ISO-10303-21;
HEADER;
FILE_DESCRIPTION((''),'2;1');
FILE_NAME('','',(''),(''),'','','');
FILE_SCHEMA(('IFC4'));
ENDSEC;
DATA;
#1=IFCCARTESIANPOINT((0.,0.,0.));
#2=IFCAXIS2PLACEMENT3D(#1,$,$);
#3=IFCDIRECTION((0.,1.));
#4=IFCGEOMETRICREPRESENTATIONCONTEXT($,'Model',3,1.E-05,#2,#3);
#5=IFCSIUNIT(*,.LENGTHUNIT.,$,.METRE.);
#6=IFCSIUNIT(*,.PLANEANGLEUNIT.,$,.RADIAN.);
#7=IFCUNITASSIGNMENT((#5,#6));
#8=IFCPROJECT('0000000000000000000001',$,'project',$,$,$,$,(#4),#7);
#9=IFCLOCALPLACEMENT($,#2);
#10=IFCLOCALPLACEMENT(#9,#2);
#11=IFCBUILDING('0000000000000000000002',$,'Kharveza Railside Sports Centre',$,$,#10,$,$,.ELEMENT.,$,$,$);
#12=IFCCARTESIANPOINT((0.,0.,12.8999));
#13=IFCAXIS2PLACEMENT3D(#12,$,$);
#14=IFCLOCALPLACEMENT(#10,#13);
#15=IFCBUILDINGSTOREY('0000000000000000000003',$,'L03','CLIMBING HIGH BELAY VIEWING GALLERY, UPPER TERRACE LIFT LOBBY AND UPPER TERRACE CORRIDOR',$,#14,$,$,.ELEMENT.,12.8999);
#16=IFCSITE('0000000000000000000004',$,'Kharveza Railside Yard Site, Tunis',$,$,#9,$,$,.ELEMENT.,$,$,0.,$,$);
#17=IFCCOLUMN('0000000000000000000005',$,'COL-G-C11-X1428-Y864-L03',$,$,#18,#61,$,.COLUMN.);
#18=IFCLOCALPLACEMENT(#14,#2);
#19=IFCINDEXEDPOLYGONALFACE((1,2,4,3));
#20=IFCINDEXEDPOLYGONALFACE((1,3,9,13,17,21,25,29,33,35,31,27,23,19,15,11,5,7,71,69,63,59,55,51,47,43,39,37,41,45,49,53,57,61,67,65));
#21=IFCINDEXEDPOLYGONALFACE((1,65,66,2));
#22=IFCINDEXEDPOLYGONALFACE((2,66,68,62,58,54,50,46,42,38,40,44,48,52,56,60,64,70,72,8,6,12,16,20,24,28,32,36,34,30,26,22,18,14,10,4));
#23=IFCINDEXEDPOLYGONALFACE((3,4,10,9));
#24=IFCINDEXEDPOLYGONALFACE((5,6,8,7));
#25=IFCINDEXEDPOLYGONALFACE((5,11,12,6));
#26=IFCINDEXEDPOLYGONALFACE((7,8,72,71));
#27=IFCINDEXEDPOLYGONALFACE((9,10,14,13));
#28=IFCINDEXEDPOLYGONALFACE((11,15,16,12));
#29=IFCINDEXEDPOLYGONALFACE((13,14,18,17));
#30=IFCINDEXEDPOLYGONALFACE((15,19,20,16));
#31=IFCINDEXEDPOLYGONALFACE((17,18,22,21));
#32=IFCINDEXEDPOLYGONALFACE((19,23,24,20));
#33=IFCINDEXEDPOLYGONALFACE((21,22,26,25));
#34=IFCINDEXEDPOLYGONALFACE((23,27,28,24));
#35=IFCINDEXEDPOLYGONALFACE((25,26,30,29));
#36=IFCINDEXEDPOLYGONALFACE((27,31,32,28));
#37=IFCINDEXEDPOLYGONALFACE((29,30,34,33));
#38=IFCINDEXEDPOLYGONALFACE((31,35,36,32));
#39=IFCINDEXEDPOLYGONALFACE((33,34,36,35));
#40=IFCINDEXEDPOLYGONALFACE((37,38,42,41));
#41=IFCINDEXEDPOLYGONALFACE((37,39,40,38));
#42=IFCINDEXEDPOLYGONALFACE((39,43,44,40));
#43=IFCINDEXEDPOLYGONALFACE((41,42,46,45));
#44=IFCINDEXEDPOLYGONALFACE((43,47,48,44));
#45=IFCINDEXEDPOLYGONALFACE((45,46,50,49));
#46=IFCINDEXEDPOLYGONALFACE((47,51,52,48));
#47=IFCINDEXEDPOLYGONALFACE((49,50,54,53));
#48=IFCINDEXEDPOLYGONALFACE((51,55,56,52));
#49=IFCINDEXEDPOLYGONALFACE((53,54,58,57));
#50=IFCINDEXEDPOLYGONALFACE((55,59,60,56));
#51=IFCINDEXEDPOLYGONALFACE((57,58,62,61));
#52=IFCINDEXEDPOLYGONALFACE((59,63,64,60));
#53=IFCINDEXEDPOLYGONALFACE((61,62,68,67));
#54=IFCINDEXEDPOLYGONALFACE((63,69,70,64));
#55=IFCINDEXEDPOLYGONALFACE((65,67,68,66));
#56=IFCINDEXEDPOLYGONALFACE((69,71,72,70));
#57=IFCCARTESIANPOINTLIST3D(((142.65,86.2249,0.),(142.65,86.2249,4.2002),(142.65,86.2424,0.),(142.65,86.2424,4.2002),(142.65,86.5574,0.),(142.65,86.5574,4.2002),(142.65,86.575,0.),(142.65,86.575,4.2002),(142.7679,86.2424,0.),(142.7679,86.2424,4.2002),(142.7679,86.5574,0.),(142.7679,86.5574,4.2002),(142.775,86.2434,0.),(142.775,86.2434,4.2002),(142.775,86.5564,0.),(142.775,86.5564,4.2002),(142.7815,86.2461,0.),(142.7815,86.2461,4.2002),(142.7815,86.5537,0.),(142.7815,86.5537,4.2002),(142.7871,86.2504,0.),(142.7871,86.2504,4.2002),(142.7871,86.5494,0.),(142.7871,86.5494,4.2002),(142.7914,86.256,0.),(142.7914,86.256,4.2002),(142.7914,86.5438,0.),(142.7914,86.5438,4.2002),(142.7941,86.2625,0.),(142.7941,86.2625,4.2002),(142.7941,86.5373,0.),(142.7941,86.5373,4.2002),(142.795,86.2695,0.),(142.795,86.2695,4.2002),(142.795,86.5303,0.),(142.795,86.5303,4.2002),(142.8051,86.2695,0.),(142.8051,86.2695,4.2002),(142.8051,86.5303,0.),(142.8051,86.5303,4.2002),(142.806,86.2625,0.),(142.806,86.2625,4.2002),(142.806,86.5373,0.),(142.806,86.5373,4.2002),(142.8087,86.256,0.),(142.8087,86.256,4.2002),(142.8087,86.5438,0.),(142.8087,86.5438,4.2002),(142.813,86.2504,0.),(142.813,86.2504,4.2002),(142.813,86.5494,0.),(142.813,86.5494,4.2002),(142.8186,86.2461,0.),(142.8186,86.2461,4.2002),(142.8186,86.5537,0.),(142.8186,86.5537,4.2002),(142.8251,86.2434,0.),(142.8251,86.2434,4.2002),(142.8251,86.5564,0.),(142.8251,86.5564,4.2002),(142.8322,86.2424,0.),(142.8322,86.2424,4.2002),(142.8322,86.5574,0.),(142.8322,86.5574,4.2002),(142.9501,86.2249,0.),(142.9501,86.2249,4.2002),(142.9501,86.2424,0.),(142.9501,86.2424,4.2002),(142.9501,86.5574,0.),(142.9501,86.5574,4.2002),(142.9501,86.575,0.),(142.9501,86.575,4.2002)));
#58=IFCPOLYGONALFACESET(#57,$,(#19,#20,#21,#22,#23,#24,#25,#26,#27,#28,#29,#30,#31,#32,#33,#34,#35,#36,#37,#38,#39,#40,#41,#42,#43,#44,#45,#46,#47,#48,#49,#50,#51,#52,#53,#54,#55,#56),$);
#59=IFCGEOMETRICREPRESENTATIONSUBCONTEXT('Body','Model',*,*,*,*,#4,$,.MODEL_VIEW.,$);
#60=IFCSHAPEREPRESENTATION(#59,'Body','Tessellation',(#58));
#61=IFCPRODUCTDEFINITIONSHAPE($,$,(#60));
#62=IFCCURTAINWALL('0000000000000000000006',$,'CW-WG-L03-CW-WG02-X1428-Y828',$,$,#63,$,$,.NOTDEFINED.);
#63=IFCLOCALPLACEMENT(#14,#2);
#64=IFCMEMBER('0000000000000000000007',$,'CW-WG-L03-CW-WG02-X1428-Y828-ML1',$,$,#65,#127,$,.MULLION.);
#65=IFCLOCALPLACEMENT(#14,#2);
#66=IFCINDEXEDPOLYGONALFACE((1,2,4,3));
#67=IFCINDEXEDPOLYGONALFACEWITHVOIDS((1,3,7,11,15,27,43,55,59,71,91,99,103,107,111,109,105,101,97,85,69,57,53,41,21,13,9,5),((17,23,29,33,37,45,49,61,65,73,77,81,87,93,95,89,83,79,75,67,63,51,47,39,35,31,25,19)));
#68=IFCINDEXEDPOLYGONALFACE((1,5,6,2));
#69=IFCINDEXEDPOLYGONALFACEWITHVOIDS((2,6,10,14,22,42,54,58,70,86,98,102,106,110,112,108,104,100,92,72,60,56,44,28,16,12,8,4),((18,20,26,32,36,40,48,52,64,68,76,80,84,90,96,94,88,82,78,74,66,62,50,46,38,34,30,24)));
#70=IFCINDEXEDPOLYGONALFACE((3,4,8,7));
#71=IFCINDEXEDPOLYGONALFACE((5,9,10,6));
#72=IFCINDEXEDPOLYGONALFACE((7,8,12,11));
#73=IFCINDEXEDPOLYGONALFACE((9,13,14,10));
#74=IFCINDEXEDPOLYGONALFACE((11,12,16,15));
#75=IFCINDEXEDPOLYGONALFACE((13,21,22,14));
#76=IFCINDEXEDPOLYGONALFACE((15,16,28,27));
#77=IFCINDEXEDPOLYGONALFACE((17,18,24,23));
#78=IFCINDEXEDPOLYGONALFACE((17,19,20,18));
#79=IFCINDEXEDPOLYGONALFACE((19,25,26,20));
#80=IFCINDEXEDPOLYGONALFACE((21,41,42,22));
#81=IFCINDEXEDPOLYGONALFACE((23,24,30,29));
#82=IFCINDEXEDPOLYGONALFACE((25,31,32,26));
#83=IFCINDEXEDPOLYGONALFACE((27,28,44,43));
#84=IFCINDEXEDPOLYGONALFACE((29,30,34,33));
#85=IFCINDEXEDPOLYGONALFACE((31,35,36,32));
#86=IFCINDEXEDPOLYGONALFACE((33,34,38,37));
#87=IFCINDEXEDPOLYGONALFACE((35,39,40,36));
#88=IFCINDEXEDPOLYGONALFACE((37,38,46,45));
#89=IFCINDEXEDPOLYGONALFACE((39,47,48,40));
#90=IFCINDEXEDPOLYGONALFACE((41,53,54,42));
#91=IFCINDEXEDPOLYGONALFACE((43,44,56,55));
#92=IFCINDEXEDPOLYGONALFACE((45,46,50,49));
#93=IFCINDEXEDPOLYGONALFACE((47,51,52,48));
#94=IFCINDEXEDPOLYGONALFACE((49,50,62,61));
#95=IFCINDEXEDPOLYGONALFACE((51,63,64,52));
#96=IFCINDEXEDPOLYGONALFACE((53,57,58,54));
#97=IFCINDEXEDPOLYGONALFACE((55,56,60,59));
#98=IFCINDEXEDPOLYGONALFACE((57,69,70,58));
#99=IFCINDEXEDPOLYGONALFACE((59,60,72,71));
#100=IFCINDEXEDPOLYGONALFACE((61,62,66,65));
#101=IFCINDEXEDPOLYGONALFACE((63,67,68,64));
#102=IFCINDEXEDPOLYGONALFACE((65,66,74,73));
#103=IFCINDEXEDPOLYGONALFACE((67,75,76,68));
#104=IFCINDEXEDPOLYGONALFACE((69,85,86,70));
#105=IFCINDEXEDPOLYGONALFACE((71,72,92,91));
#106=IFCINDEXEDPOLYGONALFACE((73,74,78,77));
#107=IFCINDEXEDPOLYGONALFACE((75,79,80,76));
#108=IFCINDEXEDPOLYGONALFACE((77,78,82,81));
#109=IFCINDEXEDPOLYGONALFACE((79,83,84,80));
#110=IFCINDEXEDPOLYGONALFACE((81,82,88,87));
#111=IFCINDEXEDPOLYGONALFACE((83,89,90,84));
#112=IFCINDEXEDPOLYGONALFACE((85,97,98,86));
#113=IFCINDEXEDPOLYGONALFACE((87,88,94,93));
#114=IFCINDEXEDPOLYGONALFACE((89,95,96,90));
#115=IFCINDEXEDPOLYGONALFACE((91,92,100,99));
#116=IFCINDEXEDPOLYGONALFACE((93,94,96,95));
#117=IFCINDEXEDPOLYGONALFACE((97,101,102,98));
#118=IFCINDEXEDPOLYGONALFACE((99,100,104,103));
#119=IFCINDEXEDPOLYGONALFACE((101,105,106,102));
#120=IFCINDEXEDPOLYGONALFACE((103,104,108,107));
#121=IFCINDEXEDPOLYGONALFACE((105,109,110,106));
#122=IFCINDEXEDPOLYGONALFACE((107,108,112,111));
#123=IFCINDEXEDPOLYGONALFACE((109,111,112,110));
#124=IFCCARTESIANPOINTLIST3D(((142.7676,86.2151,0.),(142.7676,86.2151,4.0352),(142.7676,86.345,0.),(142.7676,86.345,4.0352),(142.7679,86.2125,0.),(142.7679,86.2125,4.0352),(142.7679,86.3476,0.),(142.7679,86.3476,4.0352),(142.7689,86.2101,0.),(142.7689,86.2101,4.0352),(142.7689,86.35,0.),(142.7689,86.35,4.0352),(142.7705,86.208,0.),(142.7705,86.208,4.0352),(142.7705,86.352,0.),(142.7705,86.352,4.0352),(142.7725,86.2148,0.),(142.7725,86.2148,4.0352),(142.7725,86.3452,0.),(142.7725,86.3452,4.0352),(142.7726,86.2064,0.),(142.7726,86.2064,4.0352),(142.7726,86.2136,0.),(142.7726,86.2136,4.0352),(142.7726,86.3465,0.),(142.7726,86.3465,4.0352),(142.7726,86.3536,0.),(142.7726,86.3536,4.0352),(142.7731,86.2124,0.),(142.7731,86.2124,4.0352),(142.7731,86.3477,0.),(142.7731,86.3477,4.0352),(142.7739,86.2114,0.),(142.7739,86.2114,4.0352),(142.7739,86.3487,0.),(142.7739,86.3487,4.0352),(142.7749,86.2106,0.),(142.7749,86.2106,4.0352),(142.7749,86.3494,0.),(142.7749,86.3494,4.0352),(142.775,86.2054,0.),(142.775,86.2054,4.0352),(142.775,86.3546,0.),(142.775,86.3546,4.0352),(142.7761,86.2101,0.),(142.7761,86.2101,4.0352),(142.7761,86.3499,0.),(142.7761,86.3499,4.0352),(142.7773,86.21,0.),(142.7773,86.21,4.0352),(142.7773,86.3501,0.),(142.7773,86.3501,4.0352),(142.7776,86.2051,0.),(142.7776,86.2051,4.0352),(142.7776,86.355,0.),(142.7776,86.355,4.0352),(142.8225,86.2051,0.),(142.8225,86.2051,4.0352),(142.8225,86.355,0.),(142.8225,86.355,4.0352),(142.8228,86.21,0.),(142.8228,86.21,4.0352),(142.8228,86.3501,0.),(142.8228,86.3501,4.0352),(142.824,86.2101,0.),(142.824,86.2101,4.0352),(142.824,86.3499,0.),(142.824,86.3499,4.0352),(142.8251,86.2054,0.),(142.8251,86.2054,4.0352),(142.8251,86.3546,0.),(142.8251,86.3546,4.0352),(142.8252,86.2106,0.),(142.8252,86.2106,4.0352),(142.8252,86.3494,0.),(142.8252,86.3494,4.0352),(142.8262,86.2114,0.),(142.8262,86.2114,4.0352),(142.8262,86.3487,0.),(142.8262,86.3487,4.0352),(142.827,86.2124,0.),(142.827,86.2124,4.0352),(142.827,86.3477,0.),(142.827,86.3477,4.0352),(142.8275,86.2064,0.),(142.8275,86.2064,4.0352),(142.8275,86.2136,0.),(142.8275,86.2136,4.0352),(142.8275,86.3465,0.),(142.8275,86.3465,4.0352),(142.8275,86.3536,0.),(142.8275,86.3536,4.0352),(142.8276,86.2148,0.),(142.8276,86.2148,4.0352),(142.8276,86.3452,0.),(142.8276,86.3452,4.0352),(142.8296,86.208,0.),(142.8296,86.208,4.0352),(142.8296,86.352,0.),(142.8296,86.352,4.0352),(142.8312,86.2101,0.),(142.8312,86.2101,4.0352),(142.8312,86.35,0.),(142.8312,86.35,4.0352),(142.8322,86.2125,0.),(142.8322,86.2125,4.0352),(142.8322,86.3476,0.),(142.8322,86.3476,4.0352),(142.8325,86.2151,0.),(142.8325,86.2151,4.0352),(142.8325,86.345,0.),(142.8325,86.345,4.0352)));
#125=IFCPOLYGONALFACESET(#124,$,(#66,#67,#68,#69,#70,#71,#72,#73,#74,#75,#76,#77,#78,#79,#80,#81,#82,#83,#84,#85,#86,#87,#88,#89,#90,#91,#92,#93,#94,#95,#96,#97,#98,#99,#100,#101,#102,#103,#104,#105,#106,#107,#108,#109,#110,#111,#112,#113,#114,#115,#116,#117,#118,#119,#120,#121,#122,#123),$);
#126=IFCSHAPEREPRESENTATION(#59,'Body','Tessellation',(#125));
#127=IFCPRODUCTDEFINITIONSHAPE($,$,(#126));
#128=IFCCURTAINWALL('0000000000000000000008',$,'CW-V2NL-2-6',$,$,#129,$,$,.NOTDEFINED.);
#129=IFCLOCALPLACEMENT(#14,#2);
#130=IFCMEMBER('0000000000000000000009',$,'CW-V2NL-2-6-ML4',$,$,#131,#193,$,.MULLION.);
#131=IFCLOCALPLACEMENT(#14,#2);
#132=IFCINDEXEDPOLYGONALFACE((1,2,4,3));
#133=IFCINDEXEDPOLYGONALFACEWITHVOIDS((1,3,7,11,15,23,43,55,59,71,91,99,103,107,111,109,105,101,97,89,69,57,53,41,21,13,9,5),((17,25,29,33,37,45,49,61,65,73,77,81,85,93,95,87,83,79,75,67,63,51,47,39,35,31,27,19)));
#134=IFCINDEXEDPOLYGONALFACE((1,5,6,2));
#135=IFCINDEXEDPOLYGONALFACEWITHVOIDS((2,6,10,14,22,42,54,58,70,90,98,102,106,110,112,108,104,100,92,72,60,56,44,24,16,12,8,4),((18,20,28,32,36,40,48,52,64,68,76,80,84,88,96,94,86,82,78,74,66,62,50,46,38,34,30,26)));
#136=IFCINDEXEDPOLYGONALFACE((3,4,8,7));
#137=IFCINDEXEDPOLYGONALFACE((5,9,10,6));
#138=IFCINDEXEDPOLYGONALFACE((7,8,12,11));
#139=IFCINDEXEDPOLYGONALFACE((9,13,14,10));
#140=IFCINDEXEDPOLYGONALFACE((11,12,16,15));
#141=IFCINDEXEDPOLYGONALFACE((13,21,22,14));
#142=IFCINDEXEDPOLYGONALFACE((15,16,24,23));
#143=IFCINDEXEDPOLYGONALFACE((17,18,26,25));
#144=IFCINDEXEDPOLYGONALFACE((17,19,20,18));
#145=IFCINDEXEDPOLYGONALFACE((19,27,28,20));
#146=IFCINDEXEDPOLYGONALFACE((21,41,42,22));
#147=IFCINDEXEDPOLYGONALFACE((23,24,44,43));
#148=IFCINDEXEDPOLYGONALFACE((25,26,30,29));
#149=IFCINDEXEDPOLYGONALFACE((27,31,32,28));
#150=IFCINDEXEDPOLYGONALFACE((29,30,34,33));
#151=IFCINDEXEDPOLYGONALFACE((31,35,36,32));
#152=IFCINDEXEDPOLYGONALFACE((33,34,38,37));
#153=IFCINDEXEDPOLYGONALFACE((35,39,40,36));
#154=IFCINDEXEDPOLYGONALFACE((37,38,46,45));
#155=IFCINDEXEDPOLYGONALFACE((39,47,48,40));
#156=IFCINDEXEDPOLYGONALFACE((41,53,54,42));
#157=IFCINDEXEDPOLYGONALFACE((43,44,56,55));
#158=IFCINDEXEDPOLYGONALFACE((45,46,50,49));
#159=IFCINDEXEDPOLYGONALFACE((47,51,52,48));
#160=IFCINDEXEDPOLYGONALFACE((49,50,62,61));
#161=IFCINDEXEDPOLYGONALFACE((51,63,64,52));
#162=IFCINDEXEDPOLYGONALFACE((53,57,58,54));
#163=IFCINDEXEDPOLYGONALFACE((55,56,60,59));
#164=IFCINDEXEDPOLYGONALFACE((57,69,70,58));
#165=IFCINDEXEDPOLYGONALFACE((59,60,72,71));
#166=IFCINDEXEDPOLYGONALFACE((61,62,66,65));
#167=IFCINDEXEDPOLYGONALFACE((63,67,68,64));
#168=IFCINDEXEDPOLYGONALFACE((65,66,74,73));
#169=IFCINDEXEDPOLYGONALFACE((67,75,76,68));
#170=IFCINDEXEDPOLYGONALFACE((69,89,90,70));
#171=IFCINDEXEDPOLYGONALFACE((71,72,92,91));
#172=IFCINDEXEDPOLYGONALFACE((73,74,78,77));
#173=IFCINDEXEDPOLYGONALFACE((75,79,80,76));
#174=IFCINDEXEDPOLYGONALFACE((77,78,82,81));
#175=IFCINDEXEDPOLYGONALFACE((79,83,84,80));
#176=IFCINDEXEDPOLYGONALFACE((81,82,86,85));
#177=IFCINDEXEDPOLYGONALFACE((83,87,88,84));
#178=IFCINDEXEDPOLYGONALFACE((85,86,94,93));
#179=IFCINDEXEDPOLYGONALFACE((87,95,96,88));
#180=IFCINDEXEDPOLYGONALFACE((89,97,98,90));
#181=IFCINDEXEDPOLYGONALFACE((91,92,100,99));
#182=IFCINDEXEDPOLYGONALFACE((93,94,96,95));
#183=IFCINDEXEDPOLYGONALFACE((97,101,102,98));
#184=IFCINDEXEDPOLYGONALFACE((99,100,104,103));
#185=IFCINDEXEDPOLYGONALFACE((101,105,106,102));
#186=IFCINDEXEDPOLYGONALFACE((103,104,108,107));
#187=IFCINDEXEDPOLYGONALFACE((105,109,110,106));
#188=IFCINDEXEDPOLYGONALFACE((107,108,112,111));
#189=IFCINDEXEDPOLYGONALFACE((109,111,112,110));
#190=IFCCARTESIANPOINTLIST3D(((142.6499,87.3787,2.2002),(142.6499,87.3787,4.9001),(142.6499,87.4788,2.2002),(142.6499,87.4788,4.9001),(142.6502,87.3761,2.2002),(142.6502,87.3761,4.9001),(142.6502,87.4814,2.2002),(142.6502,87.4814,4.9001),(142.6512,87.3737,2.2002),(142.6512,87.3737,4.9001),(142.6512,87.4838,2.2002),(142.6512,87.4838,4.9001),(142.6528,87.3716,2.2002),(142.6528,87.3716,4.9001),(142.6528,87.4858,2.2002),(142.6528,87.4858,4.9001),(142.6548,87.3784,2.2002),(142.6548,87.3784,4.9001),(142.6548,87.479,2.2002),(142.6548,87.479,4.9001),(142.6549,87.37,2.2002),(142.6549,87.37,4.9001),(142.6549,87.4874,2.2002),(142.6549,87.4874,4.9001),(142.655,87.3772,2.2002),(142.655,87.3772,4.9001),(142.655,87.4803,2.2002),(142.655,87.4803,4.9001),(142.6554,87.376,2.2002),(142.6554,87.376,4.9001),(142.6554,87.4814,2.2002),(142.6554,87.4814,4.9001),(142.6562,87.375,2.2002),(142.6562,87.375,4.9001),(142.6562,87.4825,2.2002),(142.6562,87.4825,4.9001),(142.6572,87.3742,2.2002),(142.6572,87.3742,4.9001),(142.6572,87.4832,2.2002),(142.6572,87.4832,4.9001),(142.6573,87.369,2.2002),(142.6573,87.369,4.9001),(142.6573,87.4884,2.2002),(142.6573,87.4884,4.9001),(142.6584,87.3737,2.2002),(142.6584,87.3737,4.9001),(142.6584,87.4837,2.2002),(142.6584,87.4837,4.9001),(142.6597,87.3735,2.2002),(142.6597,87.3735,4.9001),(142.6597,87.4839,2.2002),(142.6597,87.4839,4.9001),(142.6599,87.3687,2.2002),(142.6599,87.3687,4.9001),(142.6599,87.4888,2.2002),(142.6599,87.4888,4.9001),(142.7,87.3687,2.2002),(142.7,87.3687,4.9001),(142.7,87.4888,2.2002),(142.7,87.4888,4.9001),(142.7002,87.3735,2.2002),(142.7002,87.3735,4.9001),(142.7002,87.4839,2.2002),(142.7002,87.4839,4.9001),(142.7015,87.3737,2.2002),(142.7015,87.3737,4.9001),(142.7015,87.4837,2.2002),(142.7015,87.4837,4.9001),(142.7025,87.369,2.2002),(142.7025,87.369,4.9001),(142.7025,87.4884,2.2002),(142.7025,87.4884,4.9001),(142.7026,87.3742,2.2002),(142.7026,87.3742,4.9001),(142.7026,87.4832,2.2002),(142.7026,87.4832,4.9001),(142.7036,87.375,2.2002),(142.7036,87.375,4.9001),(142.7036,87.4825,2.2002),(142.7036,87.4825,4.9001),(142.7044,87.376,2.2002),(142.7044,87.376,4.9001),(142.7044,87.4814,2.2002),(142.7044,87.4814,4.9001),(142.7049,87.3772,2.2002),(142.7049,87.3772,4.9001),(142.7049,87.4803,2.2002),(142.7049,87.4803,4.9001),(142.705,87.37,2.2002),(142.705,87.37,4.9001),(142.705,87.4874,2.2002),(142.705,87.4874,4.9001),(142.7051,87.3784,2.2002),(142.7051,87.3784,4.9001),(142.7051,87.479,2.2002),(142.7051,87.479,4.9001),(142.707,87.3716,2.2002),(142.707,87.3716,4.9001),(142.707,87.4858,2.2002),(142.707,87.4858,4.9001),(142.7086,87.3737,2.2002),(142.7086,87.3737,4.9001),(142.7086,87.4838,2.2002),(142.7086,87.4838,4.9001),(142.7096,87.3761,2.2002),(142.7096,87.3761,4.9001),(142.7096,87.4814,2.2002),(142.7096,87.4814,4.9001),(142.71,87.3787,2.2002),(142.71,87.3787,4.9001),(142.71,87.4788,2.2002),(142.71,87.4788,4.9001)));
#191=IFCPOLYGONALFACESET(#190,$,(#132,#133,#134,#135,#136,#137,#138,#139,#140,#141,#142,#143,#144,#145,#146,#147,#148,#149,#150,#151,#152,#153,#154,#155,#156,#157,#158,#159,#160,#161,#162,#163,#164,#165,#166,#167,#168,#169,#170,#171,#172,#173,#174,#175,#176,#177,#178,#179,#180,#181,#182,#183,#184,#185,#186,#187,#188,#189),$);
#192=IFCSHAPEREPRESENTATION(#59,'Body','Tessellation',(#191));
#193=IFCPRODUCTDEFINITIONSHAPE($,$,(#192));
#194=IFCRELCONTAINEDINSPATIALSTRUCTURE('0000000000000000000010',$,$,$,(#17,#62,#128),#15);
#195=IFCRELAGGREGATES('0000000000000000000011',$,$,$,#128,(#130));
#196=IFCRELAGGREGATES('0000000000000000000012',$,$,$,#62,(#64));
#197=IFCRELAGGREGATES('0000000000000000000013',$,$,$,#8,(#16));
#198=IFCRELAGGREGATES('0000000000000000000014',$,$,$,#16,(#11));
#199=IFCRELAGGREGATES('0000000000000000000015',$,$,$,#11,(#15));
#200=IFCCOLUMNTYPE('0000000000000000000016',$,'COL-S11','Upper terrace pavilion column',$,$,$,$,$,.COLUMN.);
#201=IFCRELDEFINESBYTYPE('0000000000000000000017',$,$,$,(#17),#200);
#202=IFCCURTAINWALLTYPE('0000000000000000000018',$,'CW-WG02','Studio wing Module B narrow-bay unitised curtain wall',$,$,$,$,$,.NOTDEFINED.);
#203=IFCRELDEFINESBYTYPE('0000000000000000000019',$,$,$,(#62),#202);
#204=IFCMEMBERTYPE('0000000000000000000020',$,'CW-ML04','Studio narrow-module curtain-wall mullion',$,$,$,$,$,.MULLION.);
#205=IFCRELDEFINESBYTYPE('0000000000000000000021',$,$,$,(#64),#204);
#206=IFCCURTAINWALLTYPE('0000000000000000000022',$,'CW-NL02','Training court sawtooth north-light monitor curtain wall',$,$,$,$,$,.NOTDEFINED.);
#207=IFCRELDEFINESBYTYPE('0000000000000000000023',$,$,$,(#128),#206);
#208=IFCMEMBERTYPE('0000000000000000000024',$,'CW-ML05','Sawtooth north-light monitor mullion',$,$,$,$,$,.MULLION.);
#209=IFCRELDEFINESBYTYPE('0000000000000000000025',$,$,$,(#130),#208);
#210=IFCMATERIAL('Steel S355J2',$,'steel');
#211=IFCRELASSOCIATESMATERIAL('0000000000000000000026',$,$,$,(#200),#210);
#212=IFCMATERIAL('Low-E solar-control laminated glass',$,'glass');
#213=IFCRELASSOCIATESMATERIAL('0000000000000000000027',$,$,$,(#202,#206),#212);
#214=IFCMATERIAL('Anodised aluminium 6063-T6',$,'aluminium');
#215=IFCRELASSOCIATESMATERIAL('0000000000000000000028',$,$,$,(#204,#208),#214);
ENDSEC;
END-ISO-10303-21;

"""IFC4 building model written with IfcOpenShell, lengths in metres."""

from ifc_helpers import new_model, si_unit, direction, frame, origin, origin_2d, place, context, subcontext, project, spatial, hollow_rectangle, i_section, extrude, material, material_profile, profile_set, type_object, element, aggregate, save


model = new_model("IFC4")

# Units and contexts
model_context = context("Model", 3, precision=1e-05, world=origin(), true_north=direction((0.0, 1.0)))
body_context = subcontext(model_context, "Body", "Model", "MODEL_VIEW")
ifc_project = project(units=[si_unit("LENGTHUNIT", "METRE"), si_unit("PLANEANGLEUNIT", "RADIAN")], contexts=[model_context])

# Site, building, storey
site_placement = place(None, origin())
site = spatial("IfcSite", under=ifc_project, at=site_placement, Name="Kharveza Railside Yard Site, Tunis", CompositionType="ELEMENT", RefElevation=0.0)
building_placement = place(site_placement, origin())
building = spatial("IfcBuilding", under=site, at=building_placement, Name="Kharveza Railside Sports Centre", CompositionType="ELEMENT")
storey_placement = place(building_placement, frame((0.0, 0.0, 12.8999)))
storey = spatial("IfcBuildingStorey", under=building, at=storey_placement, Name="L03", Description="CLIMBING HIGH BELAY VIEWING GALLERY, UPPER TERRACE LIFT LOBBY AND UPPER TERRACE CORRIDOR", CompositionType="ELEMENT", Elevation=12.8999)

# Column
ifc_material_1 = material(Name="Steel S355J2", Category="steel")
ifc_material_profile_1 = material_profile(ifc_material_1, i_section(OverallWidth=0.3, OverallDepth=0.3501, WebThickness=0.01, FlangeThickness=0.0176, FilletRadius=0.0271, at=origin_2d()), Name="HEA 360")
ifc_profile_set_1 = profile_set([ifc_material_profile_1], Name="Steel S355J2")
column_type = type_object("IfcColumnType", Name="COL-S11", Description="Upper terrace pavilion column", PredefinedType="COLUMN", material=ifc_profile_set_1)
column_placement = place(storey_placement, frame((142.8, 86.3999, 0.0), z_axis=(0.0, 0.0, 1.0), x_axis=(1.0, 0.0, 0.0)))
element("IfcColumn", 1, at=column_placement, inside=storey, type_object=column_type, Name="COL-G-C11-X1428-Y864-L03", PredefinedType="COLUMN", context=body_context, shape_type="SweptSolid", body=[
    extrude(i_section(OverallWidth=0.3, OverallDepth=0.3501, WebThickness=0.01, FlangeThickness=0.0176, FilletRadius=0.0271, at=origin_2d()), origin(), (0.0, 0.0, 1.0), 4.2002),
])

# Curtain walls, members
ifc_material_2 = material(Name="Low-E solar-control laminated glass", Category="glass")
curtain_wall_type_1 = type_object("IfcCurtainWallType", Name="CW-WG02", Description="Studio wing Module B narrow-bay unitised curtain wall", PredefinedType="NOTDEFINED", material=ifc_material_2)
curtain_wall_1_placement = place(storey_placement, origin())
curtain_wall_1 = element("IfcCurtainWall", 2, at=curtain_wall_1_placement, inside=storey, type_object=curtain_wall_type_1, Name="CW-WG-L03-CW-WG02-X1428-Y828", PredefinedType="NOTDEFINED")
ifc_material_3 = material(Name="Anodised aluminium 6063-T6", Category="aluminium")
ifc_material_profile_2 = material_profile(ifc_material_3, hollow_rectangle(XDim=0.0649, YDim=0.1499, WallThickness=0.0049, InnerFilletRadius=0.0049, OuterFilletRadius=0.01, at=origin_2d()), Name="RHS 65x150x5.0")
ifc_profile_set_2 = profile_set([ifc_material_profile_2], Name="Anodised aluminium 6063-T6")
member_type_1 = type_object("IfcMemberType", Name="CW-ML04", Description="Studio narrow-module curtain-wall mullion", PredefinedType="MULLION", material=ifc_profile_set_2)
member_1_placement = place(storey_placement, frame((142.8, 86.28, 0.0), z_axis=(0.0, 0.0, 1.0), x_axis=(1.0, 0.0, 0.0)))
member_1 = element("IfcMember", 3, at=member_1_placement, type_object=member_type_1, Name="CW-WG-L03-CW-WG02-X1428-Y828-ML1", PredefinedType="MULLION", context=body_context, shape_type="SweptSolid", body=[
    extrude(hollow_rectangle(XDim=0.0649, YDim=0.1499, WallThickness=0.0049, InnerFilletRadius=0.0049, OuterFilletRadius=0.01, at=origin_2d()), origin(), (0.0, 0.0, 1.0), 4.0352),
])
curtain_wall_type_2 = type_object("IfcCurtainWallType", Name="CW-NL02", Description="Training court sawtooth north-light monitor curtain wall", PredefinedType="NOTDEFINED", material=ifc_material_2)
curtain_wall_2_placement = place(storey_placement, origin())
curtain_wall_2 = element("IfcCurtainWall", 4, at=curtain_wall_2_placement, inside=storey, type_object=curtain_wall_type_2, Name="CW-V2NL-2-6", PredefinedType="NOTDEFINED")
ifc_material_profile_3 = material_profile(ifc_material_3, hollow_rectangle(XDim=0.0601, YDim=0.1201, WallThickness=0.0049, InnerFilletRadius=0.0049, OuterFilletRadius=0.01, at=origin_2d()), Name="RHS 60x120x5.0")
ifc_profile_set_3 = profile_set([ifc_material_profile_3], Name="Anodised aluminium 6063-T6")
member_type_2 = type_object("IfcMemberType", Name="CW-ML05", Description="Sawtooth north-light monitor mullion", PredefinedType="MULLION", material=ifc_profile_set_3)
member_2_placement = place(storey_placement, frame((142.6799, 87.4287, 2.2002), z_axis=(0.0, 0.0, 1.0), x_axis=(1.0, 0.0, 0.0)))
member_2 = element("IfcMember", 5, at=member_2_placement, type_object=member_type_2, Name="CW-V2NL-2-6-ML4", PredefinedType="MULLION", context=body_context, shape_type="SweptSolid", body=[
    extrude(hollow_rectangle(XDim=0.0601, YDim=0.1201, WallThickness=0.0049, InnerFilletRadius=0.0049, OuterFilletRadius=0.01, at=origin_2d()), origin(), (0.0, 0.0, 1.0), 2.7),
])
aggregate(curtain_wall_2, [member_2])

aggregate(curtain_wall_1, [member_1])

save(model, "model.ifc")
